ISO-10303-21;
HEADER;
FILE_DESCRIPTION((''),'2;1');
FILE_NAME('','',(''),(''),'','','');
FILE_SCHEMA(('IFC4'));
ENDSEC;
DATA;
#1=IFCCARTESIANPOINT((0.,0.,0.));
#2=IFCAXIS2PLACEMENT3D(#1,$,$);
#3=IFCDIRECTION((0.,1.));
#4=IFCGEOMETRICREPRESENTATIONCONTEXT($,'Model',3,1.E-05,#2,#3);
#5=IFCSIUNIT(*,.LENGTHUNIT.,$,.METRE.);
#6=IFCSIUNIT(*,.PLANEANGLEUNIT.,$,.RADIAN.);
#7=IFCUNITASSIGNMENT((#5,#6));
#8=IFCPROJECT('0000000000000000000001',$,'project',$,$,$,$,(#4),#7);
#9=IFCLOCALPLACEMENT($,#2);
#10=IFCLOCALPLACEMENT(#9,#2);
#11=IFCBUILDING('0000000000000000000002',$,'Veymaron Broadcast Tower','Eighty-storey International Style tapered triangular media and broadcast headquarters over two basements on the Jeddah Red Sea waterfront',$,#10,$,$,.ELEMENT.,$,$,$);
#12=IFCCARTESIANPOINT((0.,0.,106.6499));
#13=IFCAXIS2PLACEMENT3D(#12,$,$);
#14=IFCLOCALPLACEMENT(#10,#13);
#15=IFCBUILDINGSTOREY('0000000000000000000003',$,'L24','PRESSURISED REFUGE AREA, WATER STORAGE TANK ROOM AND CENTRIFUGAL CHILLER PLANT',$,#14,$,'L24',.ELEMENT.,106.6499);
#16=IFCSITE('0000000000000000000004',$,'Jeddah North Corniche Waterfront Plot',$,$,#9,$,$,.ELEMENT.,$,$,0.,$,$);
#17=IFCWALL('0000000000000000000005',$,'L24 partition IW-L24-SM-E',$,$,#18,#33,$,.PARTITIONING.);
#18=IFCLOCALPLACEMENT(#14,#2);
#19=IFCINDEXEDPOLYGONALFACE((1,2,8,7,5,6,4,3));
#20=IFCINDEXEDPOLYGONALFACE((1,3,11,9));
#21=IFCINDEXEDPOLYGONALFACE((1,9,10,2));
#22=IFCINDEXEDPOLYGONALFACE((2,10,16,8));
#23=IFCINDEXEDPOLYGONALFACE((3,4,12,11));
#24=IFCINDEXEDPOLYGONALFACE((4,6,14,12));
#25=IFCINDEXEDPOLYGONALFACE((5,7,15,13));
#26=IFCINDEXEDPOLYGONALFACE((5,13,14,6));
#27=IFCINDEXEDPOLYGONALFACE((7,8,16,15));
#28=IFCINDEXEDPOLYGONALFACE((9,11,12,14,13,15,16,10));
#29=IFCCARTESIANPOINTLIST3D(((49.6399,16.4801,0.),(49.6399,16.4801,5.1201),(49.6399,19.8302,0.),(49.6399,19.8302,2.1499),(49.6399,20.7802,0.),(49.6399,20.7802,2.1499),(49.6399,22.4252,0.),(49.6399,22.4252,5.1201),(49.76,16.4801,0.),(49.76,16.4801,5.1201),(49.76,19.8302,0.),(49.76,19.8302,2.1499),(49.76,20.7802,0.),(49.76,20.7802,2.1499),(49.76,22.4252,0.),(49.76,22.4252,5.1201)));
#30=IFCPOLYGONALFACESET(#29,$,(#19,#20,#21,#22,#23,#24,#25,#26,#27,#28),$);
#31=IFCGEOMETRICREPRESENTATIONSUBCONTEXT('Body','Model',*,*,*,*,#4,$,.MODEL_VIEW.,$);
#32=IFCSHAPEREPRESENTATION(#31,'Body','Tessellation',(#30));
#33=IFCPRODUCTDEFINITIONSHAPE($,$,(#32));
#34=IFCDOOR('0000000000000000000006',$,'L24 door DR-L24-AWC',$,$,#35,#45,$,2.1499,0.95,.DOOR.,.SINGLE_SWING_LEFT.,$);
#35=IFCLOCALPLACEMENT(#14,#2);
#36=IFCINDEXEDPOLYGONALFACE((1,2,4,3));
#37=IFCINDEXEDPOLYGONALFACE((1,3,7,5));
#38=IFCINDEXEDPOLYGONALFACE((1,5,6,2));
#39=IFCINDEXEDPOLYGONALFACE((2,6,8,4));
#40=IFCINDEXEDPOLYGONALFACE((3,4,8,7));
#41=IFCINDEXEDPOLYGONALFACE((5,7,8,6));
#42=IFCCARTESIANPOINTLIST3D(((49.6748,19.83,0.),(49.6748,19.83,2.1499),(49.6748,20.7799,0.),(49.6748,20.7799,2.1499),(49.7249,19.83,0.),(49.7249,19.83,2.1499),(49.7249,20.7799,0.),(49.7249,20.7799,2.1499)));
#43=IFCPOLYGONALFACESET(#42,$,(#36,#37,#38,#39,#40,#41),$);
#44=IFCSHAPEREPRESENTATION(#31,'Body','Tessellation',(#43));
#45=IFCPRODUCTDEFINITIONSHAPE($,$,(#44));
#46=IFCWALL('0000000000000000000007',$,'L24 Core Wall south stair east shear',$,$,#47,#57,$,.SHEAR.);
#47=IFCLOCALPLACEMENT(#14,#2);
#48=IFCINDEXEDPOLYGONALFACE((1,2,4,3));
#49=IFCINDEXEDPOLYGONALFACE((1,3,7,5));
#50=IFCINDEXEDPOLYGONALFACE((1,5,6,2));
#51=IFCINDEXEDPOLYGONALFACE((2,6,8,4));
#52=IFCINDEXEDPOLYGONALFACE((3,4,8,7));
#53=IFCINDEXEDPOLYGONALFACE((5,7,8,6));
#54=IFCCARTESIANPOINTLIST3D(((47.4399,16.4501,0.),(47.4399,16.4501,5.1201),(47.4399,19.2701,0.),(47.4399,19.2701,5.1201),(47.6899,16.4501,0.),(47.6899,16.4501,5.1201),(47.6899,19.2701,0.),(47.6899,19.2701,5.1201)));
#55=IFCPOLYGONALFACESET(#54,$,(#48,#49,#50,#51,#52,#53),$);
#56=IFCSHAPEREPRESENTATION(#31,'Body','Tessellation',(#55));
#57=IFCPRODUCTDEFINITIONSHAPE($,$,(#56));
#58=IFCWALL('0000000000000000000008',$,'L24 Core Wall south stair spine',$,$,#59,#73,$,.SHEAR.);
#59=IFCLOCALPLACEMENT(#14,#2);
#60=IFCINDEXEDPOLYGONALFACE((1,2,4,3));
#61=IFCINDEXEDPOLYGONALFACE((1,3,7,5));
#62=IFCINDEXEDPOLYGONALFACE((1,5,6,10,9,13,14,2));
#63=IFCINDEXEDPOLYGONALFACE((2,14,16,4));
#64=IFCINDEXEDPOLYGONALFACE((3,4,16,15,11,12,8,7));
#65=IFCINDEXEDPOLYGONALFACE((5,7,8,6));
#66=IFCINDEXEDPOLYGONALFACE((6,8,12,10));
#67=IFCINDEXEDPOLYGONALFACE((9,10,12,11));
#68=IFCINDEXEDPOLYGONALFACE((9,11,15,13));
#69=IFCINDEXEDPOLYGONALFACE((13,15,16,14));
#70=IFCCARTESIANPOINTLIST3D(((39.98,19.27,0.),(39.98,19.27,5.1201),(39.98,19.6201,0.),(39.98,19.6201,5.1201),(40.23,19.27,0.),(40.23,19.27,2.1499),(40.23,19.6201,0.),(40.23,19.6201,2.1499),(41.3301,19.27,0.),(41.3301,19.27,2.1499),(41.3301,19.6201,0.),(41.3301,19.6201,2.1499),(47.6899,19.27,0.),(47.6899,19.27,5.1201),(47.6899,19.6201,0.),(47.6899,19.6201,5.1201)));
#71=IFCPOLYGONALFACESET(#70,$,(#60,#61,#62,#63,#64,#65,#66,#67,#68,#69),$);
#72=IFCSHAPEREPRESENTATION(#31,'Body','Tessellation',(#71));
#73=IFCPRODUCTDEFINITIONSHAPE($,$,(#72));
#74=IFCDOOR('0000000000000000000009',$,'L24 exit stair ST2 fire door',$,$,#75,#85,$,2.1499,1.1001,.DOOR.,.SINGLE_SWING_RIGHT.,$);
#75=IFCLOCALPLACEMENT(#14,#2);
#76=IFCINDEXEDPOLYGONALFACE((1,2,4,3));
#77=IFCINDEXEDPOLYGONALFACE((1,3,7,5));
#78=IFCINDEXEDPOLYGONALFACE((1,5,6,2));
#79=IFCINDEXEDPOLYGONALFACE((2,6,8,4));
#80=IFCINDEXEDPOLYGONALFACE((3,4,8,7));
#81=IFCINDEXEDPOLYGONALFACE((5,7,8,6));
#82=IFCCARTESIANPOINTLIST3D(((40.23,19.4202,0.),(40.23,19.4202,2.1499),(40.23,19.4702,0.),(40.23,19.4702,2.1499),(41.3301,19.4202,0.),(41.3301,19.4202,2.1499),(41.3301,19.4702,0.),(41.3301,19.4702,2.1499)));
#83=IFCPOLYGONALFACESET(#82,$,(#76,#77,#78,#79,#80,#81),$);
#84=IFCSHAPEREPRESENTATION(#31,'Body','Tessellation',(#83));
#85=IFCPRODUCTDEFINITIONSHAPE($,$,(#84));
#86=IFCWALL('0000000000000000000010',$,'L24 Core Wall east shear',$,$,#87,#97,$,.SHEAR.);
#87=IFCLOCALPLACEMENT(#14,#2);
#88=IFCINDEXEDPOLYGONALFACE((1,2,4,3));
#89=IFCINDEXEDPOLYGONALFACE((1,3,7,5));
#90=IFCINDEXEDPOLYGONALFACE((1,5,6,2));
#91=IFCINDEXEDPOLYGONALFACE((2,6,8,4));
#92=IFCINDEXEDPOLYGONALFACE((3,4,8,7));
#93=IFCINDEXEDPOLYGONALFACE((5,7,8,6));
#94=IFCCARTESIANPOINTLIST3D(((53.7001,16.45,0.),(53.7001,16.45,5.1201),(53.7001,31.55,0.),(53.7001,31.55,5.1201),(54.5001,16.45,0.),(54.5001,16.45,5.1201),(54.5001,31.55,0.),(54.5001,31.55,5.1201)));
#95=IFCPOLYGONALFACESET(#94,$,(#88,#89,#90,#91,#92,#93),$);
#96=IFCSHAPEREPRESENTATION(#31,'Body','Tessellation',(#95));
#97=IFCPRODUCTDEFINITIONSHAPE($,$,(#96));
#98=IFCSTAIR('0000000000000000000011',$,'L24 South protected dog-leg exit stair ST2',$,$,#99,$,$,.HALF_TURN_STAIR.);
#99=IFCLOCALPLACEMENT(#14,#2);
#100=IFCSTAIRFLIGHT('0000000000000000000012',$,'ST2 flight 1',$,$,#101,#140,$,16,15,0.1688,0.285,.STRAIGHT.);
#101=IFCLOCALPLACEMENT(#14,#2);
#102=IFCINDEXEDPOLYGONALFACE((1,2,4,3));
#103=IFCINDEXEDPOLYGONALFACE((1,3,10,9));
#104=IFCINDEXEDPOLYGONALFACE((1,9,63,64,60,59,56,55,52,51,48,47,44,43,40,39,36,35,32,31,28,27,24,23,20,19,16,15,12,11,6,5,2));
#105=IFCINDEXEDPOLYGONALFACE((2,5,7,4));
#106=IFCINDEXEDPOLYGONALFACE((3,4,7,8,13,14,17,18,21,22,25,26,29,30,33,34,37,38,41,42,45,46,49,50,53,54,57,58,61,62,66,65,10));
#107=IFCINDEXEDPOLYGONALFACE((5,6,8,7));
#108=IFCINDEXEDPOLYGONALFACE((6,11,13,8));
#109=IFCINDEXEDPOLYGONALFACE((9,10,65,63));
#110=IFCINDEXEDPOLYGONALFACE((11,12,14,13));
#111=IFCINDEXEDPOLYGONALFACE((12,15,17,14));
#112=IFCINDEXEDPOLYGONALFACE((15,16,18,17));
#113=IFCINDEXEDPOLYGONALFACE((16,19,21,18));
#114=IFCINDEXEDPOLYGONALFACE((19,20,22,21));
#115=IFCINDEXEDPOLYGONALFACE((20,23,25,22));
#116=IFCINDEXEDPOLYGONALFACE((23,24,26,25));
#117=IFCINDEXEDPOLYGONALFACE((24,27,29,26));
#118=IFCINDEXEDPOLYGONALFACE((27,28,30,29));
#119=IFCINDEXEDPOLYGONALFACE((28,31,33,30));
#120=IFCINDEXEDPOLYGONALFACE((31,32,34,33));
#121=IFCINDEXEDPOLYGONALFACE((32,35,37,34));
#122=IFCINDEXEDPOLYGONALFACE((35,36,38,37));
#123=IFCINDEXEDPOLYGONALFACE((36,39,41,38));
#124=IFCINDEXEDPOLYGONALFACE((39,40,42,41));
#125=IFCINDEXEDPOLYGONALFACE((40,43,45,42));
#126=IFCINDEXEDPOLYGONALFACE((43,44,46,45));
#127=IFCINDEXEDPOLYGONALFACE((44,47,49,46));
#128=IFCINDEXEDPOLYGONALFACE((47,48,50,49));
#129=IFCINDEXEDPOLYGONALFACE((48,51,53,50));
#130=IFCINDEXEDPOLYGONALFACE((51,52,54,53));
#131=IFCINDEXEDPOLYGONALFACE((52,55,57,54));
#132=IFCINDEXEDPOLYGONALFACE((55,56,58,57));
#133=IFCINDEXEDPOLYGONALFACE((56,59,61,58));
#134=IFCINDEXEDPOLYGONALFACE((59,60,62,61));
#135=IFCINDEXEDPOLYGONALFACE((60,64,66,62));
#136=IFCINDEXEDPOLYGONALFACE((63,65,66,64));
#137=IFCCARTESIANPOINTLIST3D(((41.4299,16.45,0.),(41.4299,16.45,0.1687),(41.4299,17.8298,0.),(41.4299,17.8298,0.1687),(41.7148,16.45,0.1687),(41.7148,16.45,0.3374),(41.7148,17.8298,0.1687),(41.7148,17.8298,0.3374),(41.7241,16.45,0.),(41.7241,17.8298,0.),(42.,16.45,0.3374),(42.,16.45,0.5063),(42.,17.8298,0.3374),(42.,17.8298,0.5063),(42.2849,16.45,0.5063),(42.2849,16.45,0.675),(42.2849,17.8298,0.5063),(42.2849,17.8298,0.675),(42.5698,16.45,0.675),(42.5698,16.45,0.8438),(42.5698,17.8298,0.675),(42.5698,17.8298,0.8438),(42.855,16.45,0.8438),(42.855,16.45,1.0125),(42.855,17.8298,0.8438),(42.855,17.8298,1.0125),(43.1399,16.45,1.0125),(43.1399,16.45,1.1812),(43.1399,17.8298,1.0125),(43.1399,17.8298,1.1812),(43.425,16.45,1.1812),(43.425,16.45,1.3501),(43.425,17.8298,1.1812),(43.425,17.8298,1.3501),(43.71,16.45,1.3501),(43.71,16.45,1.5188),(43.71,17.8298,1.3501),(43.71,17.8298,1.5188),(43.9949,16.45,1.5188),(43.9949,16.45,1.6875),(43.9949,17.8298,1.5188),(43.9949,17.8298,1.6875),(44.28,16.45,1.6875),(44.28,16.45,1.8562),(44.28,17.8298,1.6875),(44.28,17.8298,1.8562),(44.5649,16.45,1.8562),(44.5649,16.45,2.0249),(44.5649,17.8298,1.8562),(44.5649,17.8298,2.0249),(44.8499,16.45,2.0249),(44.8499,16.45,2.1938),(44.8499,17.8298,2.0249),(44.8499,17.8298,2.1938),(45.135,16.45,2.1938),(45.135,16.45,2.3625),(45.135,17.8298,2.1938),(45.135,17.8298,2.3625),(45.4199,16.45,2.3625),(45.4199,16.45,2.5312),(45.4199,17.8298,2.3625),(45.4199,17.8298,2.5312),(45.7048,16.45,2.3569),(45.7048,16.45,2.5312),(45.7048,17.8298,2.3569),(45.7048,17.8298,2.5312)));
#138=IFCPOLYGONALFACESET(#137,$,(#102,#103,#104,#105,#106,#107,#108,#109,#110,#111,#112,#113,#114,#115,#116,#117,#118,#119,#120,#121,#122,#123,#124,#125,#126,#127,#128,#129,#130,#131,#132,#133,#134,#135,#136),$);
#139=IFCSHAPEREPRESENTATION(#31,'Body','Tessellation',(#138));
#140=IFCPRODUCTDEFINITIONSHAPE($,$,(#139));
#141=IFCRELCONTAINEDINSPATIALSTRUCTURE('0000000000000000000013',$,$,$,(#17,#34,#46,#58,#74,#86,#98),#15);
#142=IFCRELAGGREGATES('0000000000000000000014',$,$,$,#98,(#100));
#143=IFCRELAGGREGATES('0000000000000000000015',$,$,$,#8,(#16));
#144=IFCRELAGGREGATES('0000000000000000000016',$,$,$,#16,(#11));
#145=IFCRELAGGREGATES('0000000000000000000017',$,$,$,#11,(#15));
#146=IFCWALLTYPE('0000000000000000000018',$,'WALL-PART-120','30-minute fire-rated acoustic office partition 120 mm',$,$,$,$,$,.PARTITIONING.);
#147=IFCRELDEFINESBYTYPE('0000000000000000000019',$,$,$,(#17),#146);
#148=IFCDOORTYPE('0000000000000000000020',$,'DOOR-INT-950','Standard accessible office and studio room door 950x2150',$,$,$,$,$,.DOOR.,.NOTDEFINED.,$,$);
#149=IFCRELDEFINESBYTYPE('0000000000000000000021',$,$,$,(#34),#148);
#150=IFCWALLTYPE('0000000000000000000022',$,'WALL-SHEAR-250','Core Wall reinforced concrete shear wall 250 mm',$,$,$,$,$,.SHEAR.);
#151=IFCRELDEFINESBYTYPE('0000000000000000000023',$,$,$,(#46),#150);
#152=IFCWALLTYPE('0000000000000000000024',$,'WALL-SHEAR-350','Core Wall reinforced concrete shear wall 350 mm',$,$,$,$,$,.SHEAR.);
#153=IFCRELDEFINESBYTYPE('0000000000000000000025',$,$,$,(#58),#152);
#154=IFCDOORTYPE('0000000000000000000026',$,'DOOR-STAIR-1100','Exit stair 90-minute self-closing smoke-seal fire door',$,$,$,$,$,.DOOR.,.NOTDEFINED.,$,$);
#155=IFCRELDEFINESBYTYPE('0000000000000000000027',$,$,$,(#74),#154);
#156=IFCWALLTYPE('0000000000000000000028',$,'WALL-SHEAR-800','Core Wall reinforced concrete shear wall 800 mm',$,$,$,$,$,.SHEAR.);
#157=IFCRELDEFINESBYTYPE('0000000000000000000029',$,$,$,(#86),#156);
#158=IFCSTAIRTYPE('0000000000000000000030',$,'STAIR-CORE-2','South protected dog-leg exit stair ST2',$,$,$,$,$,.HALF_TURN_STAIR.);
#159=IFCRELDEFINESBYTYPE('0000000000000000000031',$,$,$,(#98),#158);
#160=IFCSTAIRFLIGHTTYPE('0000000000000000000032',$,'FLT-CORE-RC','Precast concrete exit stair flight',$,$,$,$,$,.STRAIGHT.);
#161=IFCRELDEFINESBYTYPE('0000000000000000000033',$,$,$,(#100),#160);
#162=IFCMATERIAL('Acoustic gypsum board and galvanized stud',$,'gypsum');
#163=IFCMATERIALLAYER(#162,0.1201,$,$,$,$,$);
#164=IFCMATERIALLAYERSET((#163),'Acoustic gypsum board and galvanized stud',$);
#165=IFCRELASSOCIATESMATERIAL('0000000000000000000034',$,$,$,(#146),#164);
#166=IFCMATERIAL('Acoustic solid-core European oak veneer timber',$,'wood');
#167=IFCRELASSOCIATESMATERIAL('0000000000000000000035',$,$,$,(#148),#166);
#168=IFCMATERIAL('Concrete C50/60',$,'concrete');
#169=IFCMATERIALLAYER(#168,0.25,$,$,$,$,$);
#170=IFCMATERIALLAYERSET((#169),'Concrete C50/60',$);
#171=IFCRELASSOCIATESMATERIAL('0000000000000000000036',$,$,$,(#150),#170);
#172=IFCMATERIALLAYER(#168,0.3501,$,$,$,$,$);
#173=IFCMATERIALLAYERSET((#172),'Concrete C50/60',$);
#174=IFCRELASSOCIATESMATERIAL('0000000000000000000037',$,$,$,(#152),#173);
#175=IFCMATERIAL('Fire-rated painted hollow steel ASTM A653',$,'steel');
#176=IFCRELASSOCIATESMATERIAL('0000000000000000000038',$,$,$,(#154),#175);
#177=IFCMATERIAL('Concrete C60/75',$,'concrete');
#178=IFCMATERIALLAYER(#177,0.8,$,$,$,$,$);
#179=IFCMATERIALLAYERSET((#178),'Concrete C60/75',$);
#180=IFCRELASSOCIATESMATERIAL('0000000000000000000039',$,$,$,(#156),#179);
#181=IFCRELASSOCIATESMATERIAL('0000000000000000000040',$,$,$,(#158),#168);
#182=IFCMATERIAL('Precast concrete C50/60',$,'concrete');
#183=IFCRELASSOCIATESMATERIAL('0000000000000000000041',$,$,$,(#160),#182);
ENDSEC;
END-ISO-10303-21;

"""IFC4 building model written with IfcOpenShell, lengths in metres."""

from ifc_helpers import new_model, si_unit, direction, frame, frame_2d, origin, place, context, subcontext, project, spatial, polyline, rectangle, outline, extrude, material, layer, layer_set, type_object, element, fill, aggregate, save


model = new_model("IFC4")

# Units and contexts
model_context = context("Model", 3, precision=1e-05, world=origin(), true_north=direction((0.0, 1.0)))
body_context = subcontext(model_context, "Body", "Model", "MODEL_VIEW")
ifc_project = project(units=[si_unit("LENGTHUNIT", "METRE"), si_unit("PLANEANGLEUNIT", "RADIAN")], contexts=[model_context])

# Site, building, storey
site_placement = place(None, origin())
site = spatial("IfcSite", under=ifc_project, at=site_placement, Name="Jeddah North Corniche Waterfront Plot", CompositionType="ELEMENT", RefElevation=0.0)
building_placement = place(site_placement, origin())
building = spatial("IfcBuilding", under=site, at=building_placement, Name="Veymaron Broadcast Tower", Description="Eighty-storey International Style tapered triangular media and broadcast headquarters over two basements on the Jeddah Red Sea waterfront", CompositionType="ELEMENT")
storey_placement = place(building_placement, frame((0.0, 0.0, 106.6499)))
storey = spatial("IfcBuildingStorey", under=building, at=storey_placement, Name="L24", Description="PRESSURISED REFUGE AREA, WATER STORAGE TANK ROOM AND CENTRIFUGAL CHILLER PLANT", LongName="L24", CompositionType="ELEMENT", Elevation=106.6499)

# Shared definitions
ifc_material_1 = material(Name="Fire-rated painted hollow steel ASTM A653", Category="steel")

# Wall, opening, door
ifc_material_2 = material(Name="Acoustic gypsum board and galvanized stud", Category="gypsum")
ifc_layer_1 = layer(ifc_material_2, 0.1201)
ifc_layer_set_1 = layer_set([ifc_layer_1], Name="Acoustic gypsum board and galvanized stud")
wall_type_1 = type_object("IfcWallType", Name="WALL-PART-120", Description="30-minute fire-rated acoustic office partition 120 mm", PredefinedType="PARTITIONING", material=ifc_layer_set_1)
wall_1_placement = place(storey_placement, frame((49.7, 16.48, 0.0), z_axis=(0.0, 0.0, 1.0), x_axis=(0.0, 1.0, 0.0)))
wall_1 = element("IfcWall", 1, at=wall_1_placement, inside=storey, type_object=wall_type_1, Name="L24 partition IW-L24-SM-E", PredefinedType="PARTITIONING", context=body_context, shape_type="SweptSolid", body=[
    extrude(rectangle(XDim=5.9451, YDim=0.1201, at=frame_2d((2.9727, 0.0))), origin(), (0.0, 0.0, 1.0), 5.1201),
])
opening_1_placement = place(wall_1_placement, frame((3.3501, 0.0, 0.0)))
opening_1 = element("IfcOpeningElement", 2, at=opening_1_placement, cuts=wall_1, PredefinedType="OPENING", context=body_context, shape_type="SweptSolid", body=[
    extrude(rectangle(XDim=0.95, YDim=2.1499, at=frame_2d((0.4751, 1.075))), frame((0.0, 0.0701, 0.0), z_axis=(0.0, -1.0, 0.0), x_axis=(1.0, 0.0, 0.0)), (0.0, 0.0, 1.0), 0.1401),
])
ifc_material_3 = material(Name="Acoustic solid-core European oak veneer timber", Category="wood")
door_type_1 = type_object("IfcDoorType", Name="DOOR-INT-950", Description="Standard accessible office and studio room door 950x2150", OperationType="NOTDEFINED", PredefinedType="DOOR", material=ifc_material_3)
door_1_placement = place(opening_1_placement, frame((0.95, 0.0, 0.0), z_axis=(0.0, 0.0, 1.0), x_axis=(-1.0, 0.0, 0.0)))
door_1 = element("IfcDoor", 3, at=door_1_placement, inside=storey, type_object=door_type_1, Name="L24 door DR-L24-AWC", OperationType="SINGLE_SWING_LEFT", OverallHeight=2.1499, OverallWidth=0.95, PredefinedType="DOOR", context=body_context, shape_type="SweptSolid", body=[
    extrude(rectangle(XDim=0.95, YDim=2.1499, at=frame_2d((0.4751, 1.075))), frame((0.0, 0.0249, 0.0), z_axis=(0.0, -1.0, 0.0), x_axis=(1.0, 0.0, 0.0)), (0.0, 0.0, 1.0), 0.05),
])
fill(opening_1, door_1)

# Wall
ifc_material_4 = material(Name="Concrete C50/60", Category="concrete")
ifc_layer_2 = layer(ifc_material_4, 0.25)
ifc_layer_set_2 = layer_set([ifc_layer_2], Name="Concrete C50/60")
wall_type_2 = type_object("IfcWallType", Name="WALL-SHEAR-250", Description="Core Wall reinforced concrete shear wall 250 mm", PredefinedType="SHEAR", material=ifc_layer_set_2)
wall_2_placement = place(storey_placement, frame((47.5649, 16.45, 0.0), z_axis=(0.0, 0.0, 1.0), x_axis=(0.0, 1.0, 0.0)))
element("IfcWall", 4, at=wall_2_placement, inside=storey, type_object=wall_type_2, Name="L24 Core Wall south stair east shear", PredefinedType="SHEAR", context=body_context, shape_type="SweptSolid", body=[
    extrude(rectangle(XDim=2.8201, YDim=0.25, at=frame_2d((1.4102, 0.0))), origin(), (0.0, 0.0, 1.0), 5.1201),
])

# Wall, opening, door
ifc_layer_3 = layer(ifc_material_4, 0.3501)
ifc_layer_set_3 = layer_set([ifc_layer_3], Name="Concrete C50/60")
wall_type_3 = type_object("IfcWallType", Name="WALL-SHEAR-350", Description="Core Wall reinforced concrete shear wall 350 mm", PredefinedType="SHEAR", material=ifc_layer_set_3)
wall_3_placement = place(storey_placement, frame((39.98, 19.4451, 0.0), z_axis=(0.0, 0.0, 1.0), x_axis=(1.0, 0.0, 0.0)))
wall_3 = element("IfcWall", 5, at=wall_3_placement, inside=storey, type_object=wall_type_3, Name="L24 Core Wall south stair spine", PredefinedType="SHEAR", context=body_context, shape_type="SweptSolid", body=[
    extrude(rectangle(XDim=7.71, YDim=0.3501, at=frame_2d((3.855, 0.0))), origin(), (0.0, 0.0, 1.0), 5.1201),
])
opening_2_placement = place(wall_3_placement, frame((0.25, 0.0, 0.0)))
opening_2 = element("IfcOpeningElement", 6, at=opening_2_placement, cuts=wall_3, PredefinedType="OPENING", context=body_context, shape_type="SweptSolid", body=[
    extrude(rectangle(XDim=1.1001, YDim=2.1499, at=frame_2d((0.55, 1.075))), frame((0.0, 0.1851, 0.0), z_axis=(0.0, -1.0, 0.0), x_axis=(1.0, 0.0, 0.0)), (0.0, 0.0, 1.0), 0.3701),
])
door_type_2 = type_object("IfcDoorType", Name="DOOR-STAIR-1100", Description="Exit stair 90-minute self-closing smoke-seal fire door", OperationType="NOTDEFINED", PredefinedType="DOOR", material=ifc_material_1)
door_2_placement = place(opening_2_placement, frame((1.1001, 0.0, 0.0), z_axis=(0.0, 0.0, 1.0), x_axis=(-1.0, 0.0, 0.0)))
door_2 = element("IfcDoor", 7, at=door_2_placement, inside=storey, type_object=door_type_2, Name="L24 exit stair ST2 fire door", OperationType="SINGLE_SWING_RIGHT", OverallHeight=2.1499, OverallWidth=1.1001, PredefinedType="DOOR", context=body_context, shape_type="SweptSolid", body=[
    extrude(rectangle(XDim=1.1001, YDim=2.1499, at=frame_2d((0.55, 1.075))), frame((0.0, 0.0249, 0.0), z_axis=(0.0, -1.0, 0.0), x_axis=(1.0, 0.0, 0.0)), (0.0, 0.0, 1.0), 0.05),
])
fill(opening_2, door_2)

# Wall
ifc_material_5 = material(Name="Concrete C60/75", Category="concrete")
ifc_layer_4 = layer(ifc_material_5, 0.8)
ifc_layer_set_4 = layer_set([ifc_layer_4], Name="Concrete C60/75")
wall_type_4 = type_object("IfcWallType", Name="WALL-SHEAR-800", Description="Core Wall reinforced concrete shear wall 800 mm", PredefinedType="SHEAR", material=ifc_layer_set_4)
wall_4_placement = place(storey_placement, frame((54.1001, 16.45, 0.0), z_axis=(0.0, 0.0, 1.0), x_axis=(0.0, 1.0, 0.0)))
element("IfcWall", 8, at=wall_4_placement, inside=storey, type_object=wall_type_4, Name="L24 Core Wall east shear", PredefinedType="SHEAR", context=body_context, shape_type="SweptSolid", body=[
    extrude(rectangle(XDim=15.1001, YDim=0.8, at=frame_2d((7.55, 0.0))), origin(), (0.0, 0.0, 1.0), 5.1201),
])

# Stair, stair flight
stair_type = type_object("IfcStairType", Name="STAIR-CORE-2", Description="South protected dog-leg exit stair ST2", PredefinedType="HALF_TURN_STAIR", material=ifc_material_4)
stair_placement = place(storey_placement, origin())
stair = element("IfcStair", 9, at=stair_placement, inside=storey, type_object=stair_type, Name="L24 South protected dog-leg exit stair ST2", PredefinedType="HALF_TURN_STAIR")
ifc_material_6 = material(Name="Precast concrete C50/60", Category="concrete")
stair_flight_type = type_object("IfcStairFlightType", Name="FLT-CORE-RC", Description="Precast concrete exit stair flight", PredefinedType="STRAIGHT", material=ifc_material_6)
stair_flight_1_placement = place(storey_placement, frame((41.4299, 17.1399, 0.0), z_axis=(0.0, 0.0, 1.0), x_axis=(1.0, 0.0, 0.0)))
stair_flight_1 = element("IfcStairFlight", 10, at=stair_flight_1_placement, type_object=stair_flight_type, Name="ST2 flight 1", NumberOfRisers=16, NumberOfTreads=15, PredefinedType="STRAIGHT", RiserHeight=0.1688, TreadLength=0.285, context=body_context, shape_type="SweptSolid", body=[
    extrude(outline(polyline([(0.0, 0.0), (0.0, 0.1687), (0.2849, 0.1687), (0.2849, 0.3374), (0.5701, 0.3374), (0.5701, 0.5063), (0.855, 0.5063), (0.855, 0.675), (1.1399, 0.675), (1.1399, 0.8438), (1.425, 0.8438), (1.425, 1.0125), (1.71, 1.0125), (1.71, 1.1812), (1.9951, 1.1812), (1.9951, 1.3501), (2.28, 1.3501), (2.28, 1.5188), (2.5649, 1.5188), (2.5649, 1.6875), (2.8501, 1.6875), (2.8501, 1.8562), (3.135, 1.8562), (3.135, 2.0249), (3.4199, 2.0249), (3.4199, 2.1938), (3.7051, 2.1938), (3.7051, 2.3625), (3.99, 2.3625), (3.99, 2.5312), (4.2749, 2.5312), (4.2749, 2.7), (4.2749, 2.3569), (0.2942, 0.0), (0.0, 0.0)])), frame((0.0, 0.6899, 0.0), z_axis=(0.0, -1.0, 0.0), x_axis=(1.0, 0.0, 0.0)), (0.0, 0.0, 1.0), 1.3799),
])
aggregate(stair, [stair_flight_1])

save(model, "model.ifc")
